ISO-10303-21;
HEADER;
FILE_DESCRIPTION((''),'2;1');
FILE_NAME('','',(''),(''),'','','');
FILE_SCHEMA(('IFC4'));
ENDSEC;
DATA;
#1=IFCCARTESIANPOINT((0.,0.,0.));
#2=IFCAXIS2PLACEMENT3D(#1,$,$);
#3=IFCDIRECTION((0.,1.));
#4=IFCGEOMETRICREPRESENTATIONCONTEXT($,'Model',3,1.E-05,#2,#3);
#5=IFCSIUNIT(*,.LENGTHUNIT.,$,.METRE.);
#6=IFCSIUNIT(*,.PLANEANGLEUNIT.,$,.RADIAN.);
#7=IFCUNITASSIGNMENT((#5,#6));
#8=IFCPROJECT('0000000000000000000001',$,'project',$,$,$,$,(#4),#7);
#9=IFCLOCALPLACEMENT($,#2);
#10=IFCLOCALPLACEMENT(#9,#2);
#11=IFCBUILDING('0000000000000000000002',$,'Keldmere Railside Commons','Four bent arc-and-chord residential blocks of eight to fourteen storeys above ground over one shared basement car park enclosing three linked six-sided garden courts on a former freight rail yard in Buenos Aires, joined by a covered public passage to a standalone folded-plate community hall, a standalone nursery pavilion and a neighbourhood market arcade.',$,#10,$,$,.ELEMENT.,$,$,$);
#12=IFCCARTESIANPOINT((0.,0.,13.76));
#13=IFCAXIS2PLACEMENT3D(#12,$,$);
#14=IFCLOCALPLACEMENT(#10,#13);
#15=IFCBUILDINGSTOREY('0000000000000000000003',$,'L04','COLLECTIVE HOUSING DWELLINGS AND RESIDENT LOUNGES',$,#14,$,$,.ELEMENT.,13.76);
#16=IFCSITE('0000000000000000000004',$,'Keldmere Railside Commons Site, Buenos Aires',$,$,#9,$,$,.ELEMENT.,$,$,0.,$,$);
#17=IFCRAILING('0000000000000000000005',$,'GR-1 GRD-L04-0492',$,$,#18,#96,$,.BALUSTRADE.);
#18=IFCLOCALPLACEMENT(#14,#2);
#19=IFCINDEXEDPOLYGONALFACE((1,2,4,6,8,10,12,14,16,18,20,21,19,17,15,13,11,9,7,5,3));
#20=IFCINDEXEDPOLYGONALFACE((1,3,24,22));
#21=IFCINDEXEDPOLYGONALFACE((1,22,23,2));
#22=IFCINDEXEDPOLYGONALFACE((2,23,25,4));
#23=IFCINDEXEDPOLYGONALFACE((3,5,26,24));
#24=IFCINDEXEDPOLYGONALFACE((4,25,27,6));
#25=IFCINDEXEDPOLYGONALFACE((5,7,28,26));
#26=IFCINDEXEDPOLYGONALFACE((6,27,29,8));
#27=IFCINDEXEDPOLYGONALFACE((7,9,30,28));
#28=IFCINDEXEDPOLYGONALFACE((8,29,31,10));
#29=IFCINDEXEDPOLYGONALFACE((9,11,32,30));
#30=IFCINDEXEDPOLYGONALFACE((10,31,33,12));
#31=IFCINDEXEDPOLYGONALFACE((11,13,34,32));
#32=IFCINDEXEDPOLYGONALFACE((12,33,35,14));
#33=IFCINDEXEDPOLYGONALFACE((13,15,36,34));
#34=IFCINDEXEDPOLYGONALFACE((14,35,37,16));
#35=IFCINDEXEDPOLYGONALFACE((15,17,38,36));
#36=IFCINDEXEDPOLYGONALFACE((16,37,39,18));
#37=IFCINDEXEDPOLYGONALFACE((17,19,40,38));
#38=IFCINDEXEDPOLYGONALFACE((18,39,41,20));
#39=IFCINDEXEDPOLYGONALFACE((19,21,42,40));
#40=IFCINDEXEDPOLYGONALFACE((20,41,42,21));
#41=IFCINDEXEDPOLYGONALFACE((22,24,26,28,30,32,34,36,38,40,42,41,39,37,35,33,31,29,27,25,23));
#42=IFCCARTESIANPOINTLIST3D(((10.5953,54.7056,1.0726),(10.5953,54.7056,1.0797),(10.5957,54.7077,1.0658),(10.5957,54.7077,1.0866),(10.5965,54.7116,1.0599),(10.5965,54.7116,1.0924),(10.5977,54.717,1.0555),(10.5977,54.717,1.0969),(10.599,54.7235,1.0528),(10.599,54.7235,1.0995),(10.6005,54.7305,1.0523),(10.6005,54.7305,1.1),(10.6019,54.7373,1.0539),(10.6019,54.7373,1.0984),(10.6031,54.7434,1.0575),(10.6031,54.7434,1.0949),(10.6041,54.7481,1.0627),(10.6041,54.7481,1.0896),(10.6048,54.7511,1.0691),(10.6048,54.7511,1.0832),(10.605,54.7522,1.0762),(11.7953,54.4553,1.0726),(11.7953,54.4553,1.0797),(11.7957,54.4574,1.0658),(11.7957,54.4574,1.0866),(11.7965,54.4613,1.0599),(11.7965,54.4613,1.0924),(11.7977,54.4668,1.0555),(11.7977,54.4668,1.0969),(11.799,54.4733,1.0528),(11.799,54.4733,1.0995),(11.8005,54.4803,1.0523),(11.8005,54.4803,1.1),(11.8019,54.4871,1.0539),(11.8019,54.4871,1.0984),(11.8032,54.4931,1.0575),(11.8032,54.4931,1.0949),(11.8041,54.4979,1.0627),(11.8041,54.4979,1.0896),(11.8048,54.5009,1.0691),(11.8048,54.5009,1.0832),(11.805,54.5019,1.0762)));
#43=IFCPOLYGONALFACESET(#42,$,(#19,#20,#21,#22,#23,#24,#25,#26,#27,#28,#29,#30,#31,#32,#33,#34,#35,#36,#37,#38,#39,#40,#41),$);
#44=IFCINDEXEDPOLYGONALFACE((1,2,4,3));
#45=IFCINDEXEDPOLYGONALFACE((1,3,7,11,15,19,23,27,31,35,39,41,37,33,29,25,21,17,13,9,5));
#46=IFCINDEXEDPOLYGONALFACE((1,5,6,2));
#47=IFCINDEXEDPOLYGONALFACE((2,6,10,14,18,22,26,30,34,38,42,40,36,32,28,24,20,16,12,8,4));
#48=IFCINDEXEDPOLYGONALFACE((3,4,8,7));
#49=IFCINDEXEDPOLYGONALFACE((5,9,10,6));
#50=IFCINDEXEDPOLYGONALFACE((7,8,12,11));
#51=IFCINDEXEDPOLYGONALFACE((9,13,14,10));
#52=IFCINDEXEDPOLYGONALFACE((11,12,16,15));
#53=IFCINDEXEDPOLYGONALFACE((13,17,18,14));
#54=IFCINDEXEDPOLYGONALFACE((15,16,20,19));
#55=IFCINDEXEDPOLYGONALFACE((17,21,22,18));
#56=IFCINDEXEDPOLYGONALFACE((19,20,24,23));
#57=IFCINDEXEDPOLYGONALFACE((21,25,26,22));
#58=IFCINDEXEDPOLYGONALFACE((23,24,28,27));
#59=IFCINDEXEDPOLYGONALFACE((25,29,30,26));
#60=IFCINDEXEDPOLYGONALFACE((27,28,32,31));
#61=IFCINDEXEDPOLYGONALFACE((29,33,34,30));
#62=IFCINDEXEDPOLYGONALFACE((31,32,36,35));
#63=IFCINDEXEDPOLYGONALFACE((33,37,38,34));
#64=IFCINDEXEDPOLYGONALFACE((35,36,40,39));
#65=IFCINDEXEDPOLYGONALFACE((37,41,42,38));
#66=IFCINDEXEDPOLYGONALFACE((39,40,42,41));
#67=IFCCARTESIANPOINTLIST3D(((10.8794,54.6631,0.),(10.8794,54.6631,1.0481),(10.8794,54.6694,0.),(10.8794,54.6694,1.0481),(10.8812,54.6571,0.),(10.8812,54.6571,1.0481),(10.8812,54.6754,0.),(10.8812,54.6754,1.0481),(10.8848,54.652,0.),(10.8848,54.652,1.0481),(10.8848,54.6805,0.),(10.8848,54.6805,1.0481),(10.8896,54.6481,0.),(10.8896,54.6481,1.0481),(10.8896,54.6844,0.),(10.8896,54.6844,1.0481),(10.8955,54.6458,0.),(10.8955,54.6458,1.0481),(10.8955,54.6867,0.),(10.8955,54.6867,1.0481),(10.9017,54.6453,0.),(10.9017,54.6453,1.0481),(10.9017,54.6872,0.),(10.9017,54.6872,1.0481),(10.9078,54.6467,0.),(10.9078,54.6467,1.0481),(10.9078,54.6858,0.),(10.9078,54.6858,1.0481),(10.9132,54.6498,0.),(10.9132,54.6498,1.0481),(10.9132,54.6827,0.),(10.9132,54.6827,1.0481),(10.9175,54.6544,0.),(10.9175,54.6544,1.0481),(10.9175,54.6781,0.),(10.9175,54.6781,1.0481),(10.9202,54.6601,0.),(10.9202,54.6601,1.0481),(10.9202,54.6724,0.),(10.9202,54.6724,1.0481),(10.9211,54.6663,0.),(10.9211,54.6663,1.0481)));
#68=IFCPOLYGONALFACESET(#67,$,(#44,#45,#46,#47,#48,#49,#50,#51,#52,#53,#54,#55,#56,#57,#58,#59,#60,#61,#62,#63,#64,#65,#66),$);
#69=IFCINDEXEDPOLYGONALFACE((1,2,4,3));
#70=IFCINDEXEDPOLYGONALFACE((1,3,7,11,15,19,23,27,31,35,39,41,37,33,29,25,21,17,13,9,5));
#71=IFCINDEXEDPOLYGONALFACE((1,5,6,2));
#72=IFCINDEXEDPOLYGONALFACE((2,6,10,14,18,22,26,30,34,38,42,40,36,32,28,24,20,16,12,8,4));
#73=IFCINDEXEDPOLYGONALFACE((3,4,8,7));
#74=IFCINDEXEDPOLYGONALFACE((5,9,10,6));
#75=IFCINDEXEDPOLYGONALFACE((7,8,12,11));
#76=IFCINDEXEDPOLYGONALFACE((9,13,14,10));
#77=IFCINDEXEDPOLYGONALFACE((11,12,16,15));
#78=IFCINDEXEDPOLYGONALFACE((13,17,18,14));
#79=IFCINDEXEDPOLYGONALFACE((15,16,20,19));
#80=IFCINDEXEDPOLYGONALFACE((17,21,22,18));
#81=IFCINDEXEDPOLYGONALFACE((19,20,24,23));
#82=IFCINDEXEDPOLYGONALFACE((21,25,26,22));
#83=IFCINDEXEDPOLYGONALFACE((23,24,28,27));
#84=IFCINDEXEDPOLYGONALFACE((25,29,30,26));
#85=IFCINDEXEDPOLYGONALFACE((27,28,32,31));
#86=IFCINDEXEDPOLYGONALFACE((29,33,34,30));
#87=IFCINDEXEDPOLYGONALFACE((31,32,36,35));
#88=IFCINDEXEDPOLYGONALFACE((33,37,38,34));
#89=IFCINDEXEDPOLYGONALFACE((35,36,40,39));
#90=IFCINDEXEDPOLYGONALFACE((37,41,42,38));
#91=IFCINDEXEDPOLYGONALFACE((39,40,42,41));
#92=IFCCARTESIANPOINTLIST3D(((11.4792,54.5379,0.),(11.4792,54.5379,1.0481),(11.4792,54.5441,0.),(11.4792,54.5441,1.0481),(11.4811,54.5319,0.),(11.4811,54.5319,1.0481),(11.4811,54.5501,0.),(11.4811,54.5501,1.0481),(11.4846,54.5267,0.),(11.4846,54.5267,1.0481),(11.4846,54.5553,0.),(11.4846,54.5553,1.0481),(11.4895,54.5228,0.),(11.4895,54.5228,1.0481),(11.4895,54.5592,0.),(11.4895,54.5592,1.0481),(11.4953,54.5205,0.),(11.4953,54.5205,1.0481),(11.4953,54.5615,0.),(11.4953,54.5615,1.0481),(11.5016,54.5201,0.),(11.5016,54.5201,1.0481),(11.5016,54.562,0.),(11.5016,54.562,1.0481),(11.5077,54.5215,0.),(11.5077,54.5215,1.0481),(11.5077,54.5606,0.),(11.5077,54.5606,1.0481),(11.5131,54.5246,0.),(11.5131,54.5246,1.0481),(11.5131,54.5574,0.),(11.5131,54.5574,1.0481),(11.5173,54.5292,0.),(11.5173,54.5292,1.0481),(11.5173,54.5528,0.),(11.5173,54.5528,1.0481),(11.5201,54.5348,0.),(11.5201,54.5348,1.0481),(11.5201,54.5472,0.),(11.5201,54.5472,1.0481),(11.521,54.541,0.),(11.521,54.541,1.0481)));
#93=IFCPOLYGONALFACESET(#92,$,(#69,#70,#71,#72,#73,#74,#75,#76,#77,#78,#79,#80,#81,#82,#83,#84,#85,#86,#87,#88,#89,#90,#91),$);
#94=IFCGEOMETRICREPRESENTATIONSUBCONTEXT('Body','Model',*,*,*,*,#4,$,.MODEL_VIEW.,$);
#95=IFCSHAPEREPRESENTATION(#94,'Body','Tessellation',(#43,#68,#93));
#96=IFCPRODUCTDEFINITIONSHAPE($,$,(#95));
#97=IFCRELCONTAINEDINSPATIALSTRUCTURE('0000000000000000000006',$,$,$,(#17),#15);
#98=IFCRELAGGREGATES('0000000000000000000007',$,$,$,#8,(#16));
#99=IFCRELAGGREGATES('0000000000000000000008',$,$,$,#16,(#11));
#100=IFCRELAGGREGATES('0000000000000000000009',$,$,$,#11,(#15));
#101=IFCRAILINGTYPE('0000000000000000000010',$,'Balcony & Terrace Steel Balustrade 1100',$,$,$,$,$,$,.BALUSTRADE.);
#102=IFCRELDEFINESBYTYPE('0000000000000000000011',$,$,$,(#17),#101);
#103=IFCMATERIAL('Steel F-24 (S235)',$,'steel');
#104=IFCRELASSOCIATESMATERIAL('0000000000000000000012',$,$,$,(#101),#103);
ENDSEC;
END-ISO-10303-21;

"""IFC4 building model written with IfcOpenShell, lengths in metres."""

from ifc_helpers import new_model, si_unit, direction, frame, origin, origin_2d, place, context, subcontext, project, spatial, circle, extrude, material, type_object, element, save


model = new_model("IFC4")

# Units and contexts
model_context = context("Model", 3, precision=1e-05, world=origin(), true_north=direction((0.0, 1.0)))
body_context = subcontext(model_context, "Body", "Model", "MODEL_VIEW")
ifc_project = project(units=[si_unit("LENGTHUNIT", "METRE"), si_unit("PLANEANGLEUNIT", "RADIAN")], contexts=[model_context])

# Site, building, storey
site_placement = place(None, origin())
site = spatial("IfcSite", under=ifc_project, at=site_placement, Name="Keldmere Railside Commons Site, Buenos Aires", CompositionType="ELEMENT", RefElevation=0.0)
building_placement = place(site_placement, origin())
building = spatial("IfcBuilding", under=site, at=building_placement, Name="Keldmere Railside Commons", Description="Four bent arc-and-chord residential blocks of eight to fourteen storeys above ground over one shared basement car park enclosing three linked six-sided garden courts on a former freight rail yard in Buenos Aires, joined by a covered public passage to a standalone folded-plate community hall, a standalone nursery pavilion and a neighbourhood market arcade.", CompositionType="ELEMENT")
storey_placement = place(building_placement, frame((0.0, 0.0, 13.76)))
storey = spatial("IfcBuildingStorey", under=building, at=storey_placement, Name="L04", Description="COLLECTIVE HOUSING DWELLINGS AND RESIDENT LOUNGES", CompositionType="ELEMENT", Elevation=13.76)

# Shared definitions
ifc_material_1 = material(Name="Steel F-24 (S235)", Category="steel")

# Railing
railing_type = type_object("IfcRailingType", Name="Balcony & Terrace Steel Balustrade 1100", PredefinedType="BALUSTRADE", material=ifc_material_1)
railing_1_placement = place(storey_placement, frame((10.6001, 54.7288, 0.0)))
element("IfcRailing", 1, at=railing_1_placement, inside=storey, type_object=railing_type, Name="GR-1 GRD-L04-0492", PredefinedType="BALUSTRADE", context=body_context, shape_type="SweptSolid", body=[
    extrude(circle(Radius=0.0239, at=origin_2d()), frame((0.0, 0.0, 1.0762), z_axis=(0.978939, -0.204153, 0.0), x_axis=(0.204153, 0.978939, 0.0)), (0.0, 0.0, 1.0), 1.2258),
    extrude(circle(Radius=0.021, at=origin_2d()), frame((0.3, -0.0625, 0.0)), (0.0, 0.0, 1.0), 1.0481),
    extrude(circle(Radius=0.021, at=origin_2d()), frame((0.8999, -0.1877, 0.0)), (0.0, 0.0, 1.0), 1.0481),
])

save(model, "model.ifc")
